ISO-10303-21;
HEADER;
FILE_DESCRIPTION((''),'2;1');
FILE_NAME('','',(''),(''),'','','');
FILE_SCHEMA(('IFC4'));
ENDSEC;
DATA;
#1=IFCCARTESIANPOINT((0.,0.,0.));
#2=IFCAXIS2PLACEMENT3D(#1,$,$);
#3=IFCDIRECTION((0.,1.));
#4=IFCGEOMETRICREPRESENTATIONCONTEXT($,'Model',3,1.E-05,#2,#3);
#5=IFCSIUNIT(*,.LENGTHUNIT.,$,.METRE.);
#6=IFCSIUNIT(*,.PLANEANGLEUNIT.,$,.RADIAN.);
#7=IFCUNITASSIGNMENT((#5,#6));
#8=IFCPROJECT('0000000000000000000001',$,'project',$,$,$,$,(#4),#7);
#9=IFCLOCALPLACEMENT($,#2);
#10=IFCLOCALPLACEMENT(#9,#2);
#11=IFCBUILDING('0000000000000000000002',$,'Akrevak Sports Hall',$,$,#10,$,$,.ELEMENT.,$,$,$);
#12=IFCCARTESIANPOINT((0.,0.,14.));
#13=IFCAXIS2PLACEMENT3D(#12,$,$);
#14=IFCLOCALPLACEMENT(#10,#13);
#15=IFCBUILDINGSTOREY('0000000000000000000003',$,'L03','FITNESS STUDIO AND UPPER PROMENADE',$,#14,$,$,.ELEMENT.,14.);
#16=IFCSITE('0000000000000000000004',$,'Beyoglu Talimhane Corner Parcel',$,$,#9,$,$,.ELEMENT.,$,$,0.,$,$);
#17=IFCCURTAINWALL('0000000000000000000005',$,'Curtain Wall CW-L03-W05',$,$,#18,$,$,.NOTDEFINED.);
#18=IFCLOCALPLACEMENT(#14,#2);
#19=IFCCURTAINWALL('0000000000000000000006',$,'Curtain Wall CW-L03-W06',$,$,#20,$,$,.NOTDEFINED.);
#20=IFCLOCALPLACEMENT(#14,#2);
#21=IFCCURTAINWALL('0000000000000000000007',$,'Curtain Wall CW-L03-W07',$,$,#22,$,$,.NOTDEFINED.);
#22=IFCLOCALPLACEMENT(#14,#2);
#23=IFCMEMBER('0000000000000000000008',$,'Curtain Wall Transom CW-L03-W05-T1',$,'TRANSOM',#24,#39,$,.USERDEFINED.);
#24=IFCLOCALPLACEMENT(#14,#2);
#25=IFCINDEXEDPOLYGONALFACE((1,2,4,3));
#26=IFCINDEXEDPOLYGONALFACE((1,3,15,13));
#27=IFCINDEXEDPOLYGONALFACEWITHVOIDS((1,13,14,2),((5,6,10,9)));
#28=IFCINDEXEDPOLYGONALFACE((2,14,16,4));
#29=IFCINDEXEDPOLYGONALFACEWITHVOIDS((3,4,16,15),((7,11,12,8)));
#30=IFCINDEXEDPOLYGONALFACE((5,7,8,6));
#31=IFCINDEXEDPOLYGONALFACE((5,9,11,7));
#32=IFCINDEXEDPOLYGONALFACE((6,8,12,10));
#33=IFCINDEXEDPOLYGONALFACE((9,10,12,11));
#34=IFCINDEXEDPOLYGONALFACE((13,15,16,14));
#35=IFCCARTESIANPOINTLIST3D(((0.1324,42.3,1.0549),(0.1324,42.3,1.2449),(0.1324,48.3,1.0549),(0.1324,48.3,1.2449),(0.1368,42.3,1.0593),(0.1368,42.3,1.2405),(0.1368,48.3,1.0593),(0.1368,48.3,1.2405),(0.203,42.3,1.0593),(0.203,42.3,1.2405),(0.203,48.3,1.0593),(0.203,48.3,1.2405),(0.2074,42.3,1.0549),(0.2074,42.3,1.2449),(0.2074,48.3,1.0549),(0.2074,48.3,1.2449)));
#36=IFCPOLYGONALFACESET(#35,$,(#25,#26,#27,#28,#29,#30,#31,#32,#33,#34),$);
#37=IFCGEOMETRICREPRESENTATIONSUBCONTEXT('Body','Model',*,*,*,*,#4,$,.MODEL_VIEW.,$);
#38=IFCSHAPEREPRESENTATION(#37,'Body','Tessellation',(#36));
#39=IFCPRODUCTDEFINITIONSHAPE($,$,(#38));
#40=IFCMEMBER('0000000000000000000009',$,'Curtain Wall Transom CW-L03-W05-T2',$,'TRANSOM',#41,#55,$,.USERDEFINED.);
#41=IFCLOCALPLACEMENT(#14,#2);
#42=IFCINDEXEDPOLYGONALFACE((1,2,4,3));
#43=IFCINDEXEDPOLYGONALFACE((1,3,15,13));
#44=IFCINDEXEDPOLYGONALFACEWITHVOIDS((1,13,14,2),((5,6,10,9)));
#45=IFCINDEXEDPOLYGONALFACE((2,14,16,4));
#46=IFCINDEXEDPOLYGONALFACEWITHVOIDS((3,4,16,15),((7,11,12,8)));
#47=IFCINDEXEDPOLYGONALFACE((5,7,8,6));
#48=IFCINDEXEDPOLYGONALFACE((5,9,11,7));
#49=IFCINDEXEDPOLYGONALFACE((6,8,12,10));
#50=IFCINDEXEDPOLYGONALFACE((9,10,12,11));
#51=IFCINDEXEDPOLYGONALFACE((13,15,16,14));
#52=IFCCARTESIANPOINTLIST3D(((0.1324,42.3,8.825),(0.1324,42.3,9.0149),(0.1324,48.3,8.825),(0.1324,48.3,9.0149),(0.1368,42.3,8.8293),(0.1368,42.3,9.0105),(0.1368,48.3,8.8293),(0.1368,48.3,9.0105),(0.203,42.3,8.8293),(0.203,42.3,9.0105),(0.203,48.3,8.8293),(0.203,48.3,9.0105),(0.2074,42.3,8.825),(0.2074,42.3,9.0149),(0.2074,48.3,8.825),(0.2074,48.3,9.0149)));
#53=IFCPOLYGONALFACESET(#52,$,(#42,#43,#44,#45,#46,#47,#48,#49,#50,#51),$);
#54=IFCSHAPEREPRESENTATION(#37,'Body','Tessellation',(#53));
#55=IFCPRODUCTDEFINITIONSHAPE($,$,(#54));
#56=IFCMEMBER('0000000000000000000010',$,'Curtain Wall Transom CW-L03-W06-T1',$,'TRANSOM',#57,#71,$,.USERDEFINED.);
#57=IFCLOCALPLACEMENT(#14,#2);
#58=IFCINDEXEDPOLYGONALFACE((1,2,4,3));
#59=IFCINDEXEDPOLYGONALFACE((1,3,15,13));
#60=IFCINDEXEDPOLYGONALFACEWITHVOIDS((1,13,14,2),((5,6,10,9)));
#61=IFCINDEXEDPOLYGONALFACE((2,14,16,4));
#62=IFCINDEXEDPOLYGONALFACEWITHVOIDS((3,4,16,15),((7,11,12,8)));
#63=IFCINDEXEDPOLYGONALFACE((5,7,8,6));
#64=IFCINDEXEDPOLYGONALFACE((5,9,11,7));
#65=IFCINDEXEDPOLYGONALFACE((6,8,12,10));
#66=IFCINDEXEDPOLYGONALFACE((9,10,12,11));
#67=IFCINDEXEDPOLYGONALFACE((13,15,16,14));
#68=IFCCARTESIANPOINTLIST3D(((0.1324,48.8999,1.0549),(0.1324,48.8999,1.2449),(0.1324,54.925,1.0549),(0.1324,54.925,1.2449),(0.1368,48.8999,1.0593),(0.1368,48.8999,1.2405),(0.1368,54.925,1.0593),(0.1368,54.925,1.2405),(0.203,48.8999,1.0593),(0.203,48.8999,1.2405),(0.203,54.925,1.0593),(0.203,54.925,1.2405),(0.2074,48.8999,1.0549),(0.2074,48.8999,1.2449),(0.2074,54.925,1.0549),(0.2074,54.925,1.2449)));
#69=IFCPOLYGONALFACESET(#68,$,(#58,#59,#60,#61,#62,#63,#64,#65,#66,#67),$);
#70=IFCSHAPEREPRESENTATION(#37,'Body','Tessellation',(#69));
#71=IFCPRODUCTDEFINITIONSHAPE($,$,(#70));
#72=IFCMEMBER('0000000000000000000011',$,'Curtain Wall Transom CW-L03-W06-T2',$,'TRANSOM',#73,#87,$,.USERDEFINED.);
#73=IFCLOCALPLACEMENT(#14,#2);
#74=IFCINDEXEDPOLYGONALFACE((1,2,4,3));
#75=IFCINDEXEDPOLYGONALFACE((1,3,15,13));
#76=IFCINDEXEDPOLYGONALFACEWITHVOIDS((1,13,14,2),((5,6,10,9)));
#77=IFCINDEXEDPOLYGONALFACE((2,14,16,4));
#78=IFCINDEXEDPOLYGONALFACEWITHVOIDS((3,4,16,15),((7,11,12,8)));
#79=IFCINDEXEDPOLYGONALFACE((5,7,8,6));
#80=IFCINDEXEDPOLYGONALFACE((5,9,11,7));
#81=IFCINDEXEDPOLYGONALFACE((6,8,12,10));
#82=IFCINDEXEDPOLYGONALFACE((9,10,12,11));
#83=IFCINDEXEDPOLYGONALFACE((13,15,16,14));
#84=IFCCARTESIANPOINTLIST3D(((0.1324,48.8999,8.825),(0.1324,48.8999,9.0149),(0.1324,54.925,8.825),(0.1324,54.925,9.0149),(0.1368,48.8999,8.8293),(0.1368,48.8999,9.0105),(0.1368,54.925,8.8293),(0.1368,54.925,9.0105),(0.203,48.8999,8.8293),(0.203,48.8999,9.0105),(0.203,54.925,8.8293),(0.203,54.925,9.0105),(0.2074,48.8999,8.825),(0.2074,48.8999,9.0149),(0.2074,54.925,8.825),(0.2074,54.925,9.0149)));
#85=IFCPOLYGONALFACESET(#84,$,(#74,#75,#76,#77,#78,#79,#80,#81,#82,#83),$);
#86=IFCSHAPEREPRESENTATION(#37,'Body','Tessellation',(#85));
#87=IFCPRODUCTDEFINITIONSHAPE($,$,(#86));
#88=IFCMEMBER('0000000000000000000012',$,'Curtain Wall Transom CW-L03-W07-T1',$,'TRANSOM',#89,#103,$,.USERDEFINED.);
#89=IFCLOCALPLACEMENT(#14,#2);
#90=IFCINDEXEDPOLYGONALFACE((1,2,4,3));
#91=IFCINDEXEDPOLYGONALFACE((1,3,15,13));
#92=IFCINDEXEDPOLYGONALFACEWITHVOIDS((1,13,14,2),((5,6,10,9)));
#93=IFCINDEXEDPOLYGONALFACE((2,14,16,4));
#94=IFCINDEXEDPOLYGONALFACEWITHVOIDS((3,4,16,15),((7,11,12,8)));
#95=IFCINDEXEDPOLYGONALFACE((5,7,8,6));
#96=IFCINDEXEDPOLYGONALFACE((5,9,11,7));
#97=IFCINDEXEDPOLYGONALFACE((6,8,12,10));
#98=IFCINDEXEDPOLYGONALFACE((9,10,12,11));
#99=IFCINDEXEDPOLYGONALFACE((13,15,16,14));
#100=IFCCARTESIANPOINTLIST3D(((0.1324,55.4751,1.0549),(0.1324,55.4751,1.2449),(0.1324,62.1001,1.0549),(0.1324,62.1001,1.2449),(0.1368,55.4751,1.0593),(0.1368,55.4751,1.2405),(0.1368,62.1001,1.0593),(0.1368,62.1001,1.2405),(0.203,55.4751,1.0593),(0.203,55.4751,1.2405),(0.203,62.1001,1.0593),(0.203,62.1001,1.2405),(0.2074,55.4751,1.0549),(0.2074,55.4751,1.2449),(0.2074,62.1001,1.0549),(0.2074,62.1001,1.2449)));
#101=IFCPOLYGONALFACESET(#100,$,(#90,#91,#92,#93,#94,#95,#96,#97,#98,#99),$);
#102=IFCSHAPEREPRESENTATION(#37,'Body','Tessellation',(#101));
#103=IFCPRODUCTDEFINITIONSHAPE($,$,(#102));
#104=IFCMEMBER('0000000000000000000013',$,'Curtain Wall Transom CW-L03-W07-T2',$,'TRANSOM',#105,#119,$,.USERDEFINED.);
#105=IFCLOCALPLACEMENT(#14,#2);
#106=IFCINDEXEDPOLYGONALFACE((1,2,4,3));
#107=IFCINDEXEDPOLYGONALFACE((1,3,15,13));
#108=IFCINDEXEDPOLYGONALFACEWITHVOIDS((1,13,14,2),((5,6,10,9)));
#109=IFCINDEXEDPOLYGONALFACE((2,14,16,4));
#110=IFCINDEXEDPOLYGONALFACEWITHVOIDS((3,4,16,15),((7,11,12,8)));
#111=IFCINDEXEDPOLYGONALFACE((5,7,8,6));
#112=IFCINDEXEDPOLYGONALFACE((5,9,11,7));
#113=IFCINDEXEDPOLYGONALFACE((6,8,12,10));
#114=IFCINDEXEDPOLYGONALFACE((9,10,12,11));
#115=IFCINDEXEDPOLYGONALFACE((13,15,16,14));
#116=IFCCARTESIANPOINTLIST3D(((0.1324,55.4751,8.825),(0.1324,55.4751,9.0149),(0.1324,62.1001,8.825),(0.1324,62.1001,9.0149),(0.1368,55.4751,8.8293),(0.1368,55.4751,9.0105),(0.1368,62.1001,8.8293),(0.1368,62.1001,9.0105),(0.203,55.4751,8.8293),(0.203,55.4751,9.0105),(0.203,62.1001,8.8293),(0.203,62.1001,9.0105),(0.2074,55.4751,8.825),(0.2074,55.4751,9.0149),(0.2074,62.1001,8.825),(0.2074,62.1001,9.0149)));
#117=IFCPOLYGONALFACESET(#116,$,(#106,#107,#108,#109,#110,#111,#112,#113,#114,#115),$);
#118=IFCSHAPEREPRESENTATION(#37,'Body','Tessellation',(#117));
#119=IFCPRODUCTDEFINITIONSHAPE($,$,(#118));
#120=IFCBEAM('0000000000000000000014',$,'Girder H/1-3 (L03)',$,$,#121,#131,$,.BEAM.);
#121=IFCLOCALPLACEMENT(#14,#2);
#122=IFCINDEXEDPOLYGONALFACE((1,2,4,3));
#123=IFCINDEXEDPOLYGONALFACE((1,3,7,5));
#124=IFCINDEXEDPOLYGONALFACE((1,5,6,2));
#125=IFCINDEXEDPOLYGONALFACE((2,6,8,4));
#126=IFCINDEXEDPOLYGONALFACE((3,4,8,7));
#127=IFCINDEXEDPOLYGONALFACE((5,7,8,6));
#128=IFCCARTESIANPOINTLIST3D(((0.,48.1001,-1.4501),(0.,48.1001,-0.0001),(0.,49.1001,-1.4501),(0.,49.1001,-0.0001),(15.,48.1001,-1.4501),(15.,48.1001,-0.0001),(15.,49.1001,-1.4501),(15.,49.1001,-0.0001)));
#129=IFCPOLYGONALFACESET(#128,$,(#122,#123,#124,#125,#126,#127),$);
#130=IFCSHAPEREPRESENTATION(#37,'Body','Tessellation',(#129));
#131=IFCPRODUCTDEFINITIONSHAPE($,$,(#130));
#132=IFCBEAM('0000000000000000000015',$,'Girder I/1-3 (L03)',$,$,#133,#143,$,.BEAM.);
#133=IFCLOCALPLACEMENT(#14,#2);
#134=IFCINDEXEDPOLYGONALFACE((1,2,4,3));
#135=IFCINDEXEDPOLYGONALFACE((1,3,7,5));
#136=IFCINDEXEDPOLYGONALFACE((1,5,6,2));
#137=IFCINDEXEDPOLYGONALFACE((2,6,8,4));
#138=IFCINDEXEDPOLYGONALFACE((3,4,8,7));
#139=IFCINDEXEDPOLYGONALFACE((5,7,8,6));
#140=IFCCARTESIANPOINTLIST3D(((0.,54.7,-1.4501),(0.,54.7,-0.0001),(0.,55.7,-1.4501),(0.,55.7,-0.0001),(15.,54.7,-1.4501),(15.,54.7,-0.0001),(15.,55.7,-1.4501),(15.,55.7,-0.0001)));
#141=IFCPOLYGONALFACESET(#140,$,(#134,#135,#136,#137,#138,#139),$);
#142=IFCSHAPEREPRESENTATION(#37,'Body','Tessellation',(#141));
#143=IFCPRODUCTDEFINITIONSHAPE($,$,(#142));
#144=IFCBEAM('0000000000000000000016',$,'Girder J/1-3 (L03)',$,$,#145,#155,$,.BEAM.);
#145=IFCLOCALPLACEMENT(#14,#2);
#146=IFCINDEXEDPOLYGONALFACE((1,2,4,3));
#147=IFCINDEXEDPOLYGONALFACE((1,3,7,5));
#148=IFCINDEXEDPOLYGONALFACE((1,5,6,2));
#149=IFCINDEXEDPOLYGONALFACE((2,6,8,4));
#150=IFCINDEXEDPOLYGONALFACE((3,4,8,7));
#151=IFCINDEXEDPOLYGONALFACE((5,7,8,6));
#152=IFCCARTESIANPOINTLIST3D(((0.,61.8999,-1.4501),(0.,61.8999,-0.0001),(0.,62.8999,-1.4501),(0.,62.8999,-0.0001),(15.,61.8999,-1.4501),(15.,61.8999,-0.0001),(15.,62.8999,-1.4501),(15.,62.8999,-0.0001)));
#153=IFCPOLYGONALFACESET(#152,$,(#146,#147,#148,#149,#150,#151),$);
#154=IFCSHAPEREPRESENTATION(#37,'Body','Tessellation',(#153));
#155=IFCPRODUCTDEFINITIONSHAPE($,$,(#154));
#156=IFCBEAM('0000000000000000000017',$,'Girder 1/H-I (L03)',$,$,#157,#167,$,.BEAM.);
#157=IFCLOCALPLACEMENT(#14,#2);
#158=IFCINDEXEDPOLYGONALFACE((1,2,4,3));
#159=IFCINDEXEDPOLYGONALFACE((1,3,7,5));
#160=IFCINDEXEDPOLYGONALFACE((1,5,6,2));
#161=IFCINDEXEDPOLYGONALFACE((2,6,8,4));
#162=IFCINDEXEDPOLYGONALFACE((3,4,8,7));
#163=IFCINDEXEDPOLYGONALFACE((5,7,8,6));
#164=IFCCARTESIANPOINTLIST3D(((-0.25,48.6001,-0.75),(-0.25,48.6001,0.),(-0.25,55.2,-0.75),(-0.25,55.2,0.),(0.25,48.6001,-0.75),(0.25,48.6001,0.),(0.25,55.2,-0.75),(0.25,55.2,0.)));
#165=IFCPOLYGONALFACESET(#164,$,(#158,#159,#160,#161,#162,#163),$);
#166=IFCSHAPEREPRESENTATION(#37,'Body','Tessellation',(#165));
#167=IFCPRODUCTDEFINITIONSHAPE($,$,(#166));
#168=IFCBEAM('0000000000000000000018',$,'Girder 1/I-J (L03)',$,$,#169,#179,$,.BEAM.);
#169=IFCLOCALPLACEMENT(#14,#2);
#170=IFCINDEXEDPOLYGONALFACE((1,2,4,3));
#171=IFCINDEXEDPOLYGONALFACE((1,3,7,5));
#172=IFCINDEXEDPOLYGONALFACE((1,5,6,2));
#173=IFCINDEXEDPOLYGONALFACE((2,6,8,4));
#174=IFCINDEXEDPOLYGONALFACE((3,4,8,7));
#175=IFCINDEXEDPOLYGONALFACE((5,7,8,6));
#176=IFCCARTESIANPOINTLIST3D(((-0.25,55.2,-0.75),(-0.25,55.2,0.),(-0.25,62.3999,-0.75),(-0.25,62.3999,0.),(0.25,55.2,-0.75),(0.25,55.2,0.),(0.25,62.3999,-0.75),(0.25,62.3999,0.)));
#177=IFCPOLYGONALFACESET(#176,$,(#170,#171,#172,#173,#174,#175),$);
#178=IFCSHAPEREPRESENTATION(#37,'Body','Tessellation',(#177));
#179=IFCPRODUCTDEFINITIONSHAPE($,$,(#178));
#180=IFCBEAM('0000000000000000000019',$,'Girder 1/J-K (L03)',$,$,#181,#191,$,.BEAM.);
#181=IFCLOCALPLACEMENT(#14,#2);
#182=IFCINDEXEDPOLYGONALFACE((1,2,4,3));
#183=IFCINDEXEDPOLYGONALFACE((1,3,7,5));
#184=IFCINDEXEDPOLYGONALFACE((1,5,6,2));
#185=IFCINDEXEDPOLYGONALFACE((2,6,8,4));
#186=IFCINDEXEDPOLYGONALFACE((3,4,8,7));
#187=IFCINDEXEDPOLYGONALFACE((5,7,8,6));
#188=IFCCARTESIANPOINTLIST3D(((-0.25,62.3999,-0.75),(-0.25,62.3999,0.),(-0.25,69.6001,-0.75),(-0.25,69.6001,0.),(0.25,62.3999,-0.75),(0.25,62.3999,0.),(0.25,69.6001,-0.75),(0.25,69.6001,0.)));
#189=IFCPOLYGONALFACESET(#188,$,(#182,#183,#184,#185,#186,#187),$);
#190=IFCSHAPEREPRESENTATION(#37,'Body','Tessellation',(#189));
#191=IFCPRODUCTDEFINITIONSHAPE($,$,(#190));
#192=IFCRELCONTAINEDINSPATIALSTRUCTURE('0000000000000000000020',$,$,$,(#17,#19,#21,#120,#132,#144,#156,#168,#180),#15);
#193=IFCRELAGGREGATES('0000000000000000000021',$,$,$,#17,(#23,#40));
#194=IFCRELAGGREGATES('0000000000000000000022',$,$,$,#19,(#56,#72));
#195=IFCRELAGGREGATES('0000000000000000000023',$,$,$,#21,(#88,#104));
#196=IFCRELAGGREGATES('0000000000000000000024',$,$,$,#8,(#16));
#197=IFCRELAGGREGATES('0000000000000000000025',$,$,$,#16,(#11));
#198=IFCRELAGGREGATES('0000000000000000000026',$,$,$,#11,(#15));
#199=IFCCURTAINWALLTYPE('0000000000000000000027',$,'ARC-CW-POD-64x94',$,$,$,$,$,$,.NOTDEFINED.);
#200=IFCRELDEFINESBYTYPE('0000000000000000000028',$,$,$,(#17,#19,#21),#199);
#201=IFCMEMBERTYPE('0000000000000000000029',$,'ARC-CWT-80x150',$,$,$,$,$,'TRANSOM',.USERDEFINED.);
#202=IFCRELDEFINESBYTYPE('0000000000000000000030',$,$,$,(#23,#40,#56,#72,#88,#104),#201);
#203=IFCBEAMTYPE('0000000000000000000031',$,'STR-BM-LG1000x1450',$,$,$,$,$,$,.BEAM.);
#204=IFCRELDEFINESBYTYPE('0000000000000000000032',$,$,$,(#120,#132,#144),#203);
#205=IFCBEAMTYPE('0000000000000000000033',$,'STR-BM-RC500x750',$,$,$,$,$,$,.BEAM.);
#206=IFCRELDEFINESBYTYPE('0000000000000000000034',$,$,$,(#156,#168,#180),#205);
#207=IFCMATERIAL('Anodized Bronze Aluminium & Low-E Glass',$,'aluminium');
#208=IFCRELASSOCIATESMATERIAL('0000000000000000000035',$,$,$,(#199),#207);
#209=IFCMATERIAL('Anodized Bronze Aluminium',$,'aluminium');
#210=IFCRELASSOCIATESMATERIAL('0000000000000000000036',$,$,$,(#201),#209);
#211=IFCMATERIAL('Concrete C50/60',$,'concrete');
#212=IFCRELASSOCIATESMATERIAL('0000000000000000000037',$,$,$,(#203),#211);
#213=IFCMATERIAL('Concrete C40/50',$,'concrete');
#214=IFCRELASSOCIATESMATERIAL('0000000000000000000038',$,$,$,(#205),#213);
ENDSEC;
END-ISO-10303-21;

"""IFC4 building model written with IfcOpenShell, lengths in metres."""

from ifc_helpers import new_model, si_unit, direction, frame, origin, origin_2d, place, context, subcontext, project, spatial, rectangle, hollow_rectangle, extrude, material, material_profile, profile_set, type_object, element, aggregate, save


model = new_model("IFC4")

# Units and contexts
model_context = context("Model", 3, precision=1e-05, world=origin(), true_north=direction((0.0, 1.0)))
body_context = subcontext(model_context, "Body", "Model", "MODEL_VIEW")
ifc_project = project(units=[si_unit("LENGTHUNIT", "METRE"), si_unit("PLANEANGLEUNIT", "RADIAN")], contexts=[model_context])

# Site, building, storey
site_placement = place(None, origin())
site = spatial("IfcSite", under=ifc_project, at=site_placement, Name="Beyoglu Talimhane Corner Parcel", CompositionType="ELEMENT", RefElevation=0.0)
building_placement = place(site_placement, origin())
building = spatial("IfcBuilding", under=site, at=building_placement, Name="Akrevak Sports Hall", CompositionType="ELEMENT")
storey_placement = place(building_placement, frame((0.0, 0.0, 14.0)))
storey = spatial("IfcBuildingStorey", under=building, at=storey_placement, Name="L03", Description="FITNESS STUDIO AND UPPER PROMENADE", CompositionType="ELEMENT", Elevation=14.0)

# Shared definitions
ifc_material_1 = material(Name="Concrete C40/50", Category="concrete")

# Curtain wall
ifc_material_2 = material(Name="Anodized Bronze Aluminium & Low-E Glass", Category="aluminium")
curtain_wall_type = type_object("IfcCurtainWallType", Name="ARC-CW-POD-64x94", PredefinedType="NOTDEFINED", material=ifc_material_2)
curtain_wall_1_placement = place(storey_placement, origin())
curtain_wall_1 = element("IfcCurtainWall", 1, at=curtain_wall_1_placement, inside=storey, type_object=curtain_wall_type, Name="Curtain Wall CW-L03-W05", PredefinedType="NOTDEFINED")
ifc_material_3 = material(Name="Anodized Bronze Aluminium", Category="aluminium")

# Curtain walls
curtain_wall_2_placement = place(storey_placement, origin())
curtain_wall_2 = element("IfcCurtainWall", 2, at=curtain_wall_2_placement, inside=storey, type_object=curtain_wall_type, Name="Curtain Wall CW-L03-W06", PredefinedType="NOTDEFINED")
curtain_wall_3_placement = place(storey_placement, origin())
curtain_wall_3 = element("IfcCurtainWall", 3, at=curtain_wall_3_placement, inside=storey, type_object=curtain_wall_type, Name="Curtain Wall CW-L03-W07", PredefinedType="NOTDEFINED")

# Members
ifc_material_profile_1 = material_profile(ifc_material_3, hollow_rectangle(XDim=0.075, YDim=0.1899, WallThickness=0.0044, at=origin_2d()), Name="CWT 75x190", Category="aluminium")
ifc_profile_set_1 = profile_set([ifc_material_profile_1], Name="Anodized Bronze Aluminium")
member_type_1 = type_object("IfcMemberType", Name="ARC-CWT-80x150", ElementType="TRANSOM", PredefinedType="USERDEFINED", material=ifc_profile_set_1)
member_1_placement = place(storey_placement, frame((0.1699, 48.3, 1.1499), z_axis=(0.0, -1.0, 0.0), x_axis=(1.0, 0.0, 0.0)))
member_1 = element("IfcMember", 4, at=member_1_placement, type_object=member_type_1, Name="Curtain Wall Transom CW-L03-W05-T1", ObjectType="TRANSOM", PredefinedType="USERDEFINED", context=body_context, shape_type="SweptSolid", body=[
    extrude(hollow_rectangle(XDim=0.075, YDim=0.1899, WallThickness=0.0044, at=origin_2d()), origin(), (0.0, 0.0, 1.0), 6.0),
])
member_2_placement = place(storey_placement, frame((0.1699, 48.3, 8.9199), z_axis=(0.0, -1.0, 0.0), x_axis=(1.0, 0.0, 0.0)))
member_2 = element("IfcMember", 5, at=member_2_placement, type_object=member_type_1, Name="Curtain Wall Transom CW-L03-W05-T2", ObjectType="TRANSOM", PredefinedType="USERDEFINED", context=body_context, shape_type="SweptSolid", body=[
    extrude(hollow_rectangle(XDim=0.075, YDim=0.1899, WallThickness=0.0044, at=origin_2d()), origin(), (0.0, 0.0, 1.0), 6.0),
])
member_3_placement = place(storey_placement, frame((0.1699, 54.925, 1.1499), z_axis=(0.0, -1.0, 0.0), x_axis=(1.0, 0.0, 0.0)))
member_3 = element("IfcMember", 6, at=member_3_placement, type_object=member_type_1, Name="Curtain Wall Transom CW-L03-W06-T1", ObjectType="TRANSOM", PredefinedType="USERDEFINED", context=body_context, shape_type="SweptSolid", body=[
    extrude(hollow_rectangle(XDim=0.075, YDim=0.1899, WallThickness=0.0044, at=origin_2d()), origin(), (0.0, 0.0, 1.0), 6.0251),
])
member_4_placement = place(storey_placement, frame((0.1699, 54.925, 8.9199), z_axis=(0.0, -1.0, 0.0), x_axis=(1.0, 0.0, 0.0)))
member_4 = element("IfcMember", 7, at=member_4_placement, type_object=member_type_1, Name="Curtain Wall Transom CW-L03-W06-T2", ObjectType="TRANSOM", PredefinedType="USERDEFINED", context=body_context, shape_type="SweptSolid", body=[
    extrude(hollow_rectangle(XDim=0.075, YDim=0.1899, WallThickness=0.0044, at=origin_2d()), origin(), (0.0, 0.0, 1.0), 6.0251),
])
member_5_placement = place(storey_placement, frame((0.1699, 62.1001, 1.1499), z_axis=(0.0, -1.0, 0.0), x_axis=(1.0, 0.0, 0.0)))
member_5 = element("IfcMember", 8, at=member_5_placement, type_object=member_type_1, Name="Curtain Wall Transom CW-L03-W07-T1", ObjectType="TRANSOM", PredefinedType="USERDEFINED", context=body_context, shape_type="SweptSolid", body=[
    extrude(hollow_rectangle(XDim=0.075, YDim=0.1899, WallThickness=0.0044, at=origin_2d()), origin(), (0.0, 0.0, 1.0), 6.625),
])
member_6_placement = place(storey_placement, frame((0.1699, 62.1001, 8.9199), z_axis=(0.0, -1.0, 0.0), x_axis=(1.0, 0.0, 0.0)))
member_6 = element("IfcMember", 9, at=member_6_placement, type_object=member_type_1, Name="Curtain Wall Transom CW-L03-W07-T2", ObjectType="TRANSOM", PredefinedType="USERDEFINED", context=body_context, shape_type="SweptSolid", body=[
    extrude(hollow_rectangle(XDim=0.075, YDim=0.1899, WallThickness=0.0044, at=origin_2d()), origin(), (0.0, 0.0, 1.0), 6.625),
])

# Beams
ifc_material_4 = material(Name="Concrete C50/60", Category="concrete")
ifc_material_profile_2 = material_profile(ifc_material_4, rectangle(XDim=1.0, YDim=1.45, at=origin_2d()), Name="BM 1000x1450", Category="concrete")
ifc_profile_set_2 = profile_set([ifc_material_profile_2], Name="Concrete C50/60")
beam_type_1 = type_object("IfcBeamType", Name="STR-BM-LG1000x1450", PredefinedType="BEAM", material=ifc_profile_set_2)
for number, where, z_axis, x_axis, name in (
    (10, (0.0, 48.6001, -0.7251), (1.0, 0.0, 0.0), (0.0, 1.0, 0.0), "Girder H/1-3 (L03)"),
    (11, (0.0, 55.2, -0.7251), (1.0, 0.0, 0.0), (0.0, 1.0, 0.0), "Girder I/1-3 (L03)"),
    (12, (0.0, 62.3999, -0.7251), (1.0, 0.0, 0.0), (0.0, 1.0, 0.0), "Girder J/1-3 (L03)"),
):
    element("IfcBeam", number, at=place(storey_placement, frame(where, z_axis=z_axis, x_axis=x_axis)), inside=storey, type_object=beam_type_1, Name=name, PredefinedType="BEAM", context=body_context, shape_type="SweptSolid", body=[
        extrude(rectangle(XDim=1.0, YDim=1.45, at=origin_2d()), origin(), (0.0, 0.0, 1.0), 15.0),
    ])
ifc_material_profile_3 = material_profile(ifc_material_1, rectangle(XDim=0.5, YDim=0.75, at=origin_2d()), Name="BM 500x750", Category="concrete")
ifc_profile_set_3 = profile_set([ifc_material_profile_3], Name="Concrete C40/50")
beam_type_2 = type_object("IfcBeamType", Name="STR-BM-RC500x750", PredefinedType="BEAM", material=ifc_profile_set_3)
beam_1_placement = place(storey_placement, frame((0.0, 48.6001, -0.375), z_axis=(0.0, 1.0, 0.0), x_axis=(-1.0, 0.0, 0.0)))
element("IfcBeam", 13, at=beam_1_placement, inside=storey, type_object=beam_type_2, Name="Girder 1/H-I (L03)", PredefinedType="BEAM", context=body_context, shape_type="SweptSolid", body=[
    extrude(rectangle(XDim=0.5, YDim=0.75, at=origin_2d()), origin(), (0.0, 0.0, 1.0), 6.5999),
])
beam_2_placement = place(storey_placement, frame((0.0, 55.2, -0.375), z_axis=(0.0, 1.0, 0.0), x_axis=(-1.0, 0.0, 0.0)))
element("IfcBeam", 14, at=beam_2_placement, inside=storey, type_object=beam_type_2, Name="Girder 1/I-J (L03)", PredefinedType="BEAM", context=body_context, shape_type="SweptSolid", body=[
    extrude(rectangle(XDim=0.5, YDim=0.75, at=origin_2d()), origin(), (0.0, 0.0, 1.0), 7.2),
])
beam_3_placement = place(storey_placement, frame((0.0, 62.3999, -0.375), z_axis=(0.0, 1.0, 0.0), x_axis=(-1.0, 0.0, 0.0)))
element("IfcBeam", 15, at=beam_3_placement, inside=storey, type_object=beam_type_2, Name="Girder 1/J-K (L03)", PredefinedType="BEAM", context=body_context, shape_type="SweptSolid", body=[
    extrude(rectangle(XDim=0.5, YDim=0.75, at=origin_2d()), origin(), (0.0, 0.0, 1.0), 7.2002),
])

aggregate(curtain_wall_1, [member_1, member_2])
aggregate(curtain_wall_2, [member_3, member_4])
aggregate(curtain_wall_3, [member_5, member_6])

save(model, "model.ifc")
